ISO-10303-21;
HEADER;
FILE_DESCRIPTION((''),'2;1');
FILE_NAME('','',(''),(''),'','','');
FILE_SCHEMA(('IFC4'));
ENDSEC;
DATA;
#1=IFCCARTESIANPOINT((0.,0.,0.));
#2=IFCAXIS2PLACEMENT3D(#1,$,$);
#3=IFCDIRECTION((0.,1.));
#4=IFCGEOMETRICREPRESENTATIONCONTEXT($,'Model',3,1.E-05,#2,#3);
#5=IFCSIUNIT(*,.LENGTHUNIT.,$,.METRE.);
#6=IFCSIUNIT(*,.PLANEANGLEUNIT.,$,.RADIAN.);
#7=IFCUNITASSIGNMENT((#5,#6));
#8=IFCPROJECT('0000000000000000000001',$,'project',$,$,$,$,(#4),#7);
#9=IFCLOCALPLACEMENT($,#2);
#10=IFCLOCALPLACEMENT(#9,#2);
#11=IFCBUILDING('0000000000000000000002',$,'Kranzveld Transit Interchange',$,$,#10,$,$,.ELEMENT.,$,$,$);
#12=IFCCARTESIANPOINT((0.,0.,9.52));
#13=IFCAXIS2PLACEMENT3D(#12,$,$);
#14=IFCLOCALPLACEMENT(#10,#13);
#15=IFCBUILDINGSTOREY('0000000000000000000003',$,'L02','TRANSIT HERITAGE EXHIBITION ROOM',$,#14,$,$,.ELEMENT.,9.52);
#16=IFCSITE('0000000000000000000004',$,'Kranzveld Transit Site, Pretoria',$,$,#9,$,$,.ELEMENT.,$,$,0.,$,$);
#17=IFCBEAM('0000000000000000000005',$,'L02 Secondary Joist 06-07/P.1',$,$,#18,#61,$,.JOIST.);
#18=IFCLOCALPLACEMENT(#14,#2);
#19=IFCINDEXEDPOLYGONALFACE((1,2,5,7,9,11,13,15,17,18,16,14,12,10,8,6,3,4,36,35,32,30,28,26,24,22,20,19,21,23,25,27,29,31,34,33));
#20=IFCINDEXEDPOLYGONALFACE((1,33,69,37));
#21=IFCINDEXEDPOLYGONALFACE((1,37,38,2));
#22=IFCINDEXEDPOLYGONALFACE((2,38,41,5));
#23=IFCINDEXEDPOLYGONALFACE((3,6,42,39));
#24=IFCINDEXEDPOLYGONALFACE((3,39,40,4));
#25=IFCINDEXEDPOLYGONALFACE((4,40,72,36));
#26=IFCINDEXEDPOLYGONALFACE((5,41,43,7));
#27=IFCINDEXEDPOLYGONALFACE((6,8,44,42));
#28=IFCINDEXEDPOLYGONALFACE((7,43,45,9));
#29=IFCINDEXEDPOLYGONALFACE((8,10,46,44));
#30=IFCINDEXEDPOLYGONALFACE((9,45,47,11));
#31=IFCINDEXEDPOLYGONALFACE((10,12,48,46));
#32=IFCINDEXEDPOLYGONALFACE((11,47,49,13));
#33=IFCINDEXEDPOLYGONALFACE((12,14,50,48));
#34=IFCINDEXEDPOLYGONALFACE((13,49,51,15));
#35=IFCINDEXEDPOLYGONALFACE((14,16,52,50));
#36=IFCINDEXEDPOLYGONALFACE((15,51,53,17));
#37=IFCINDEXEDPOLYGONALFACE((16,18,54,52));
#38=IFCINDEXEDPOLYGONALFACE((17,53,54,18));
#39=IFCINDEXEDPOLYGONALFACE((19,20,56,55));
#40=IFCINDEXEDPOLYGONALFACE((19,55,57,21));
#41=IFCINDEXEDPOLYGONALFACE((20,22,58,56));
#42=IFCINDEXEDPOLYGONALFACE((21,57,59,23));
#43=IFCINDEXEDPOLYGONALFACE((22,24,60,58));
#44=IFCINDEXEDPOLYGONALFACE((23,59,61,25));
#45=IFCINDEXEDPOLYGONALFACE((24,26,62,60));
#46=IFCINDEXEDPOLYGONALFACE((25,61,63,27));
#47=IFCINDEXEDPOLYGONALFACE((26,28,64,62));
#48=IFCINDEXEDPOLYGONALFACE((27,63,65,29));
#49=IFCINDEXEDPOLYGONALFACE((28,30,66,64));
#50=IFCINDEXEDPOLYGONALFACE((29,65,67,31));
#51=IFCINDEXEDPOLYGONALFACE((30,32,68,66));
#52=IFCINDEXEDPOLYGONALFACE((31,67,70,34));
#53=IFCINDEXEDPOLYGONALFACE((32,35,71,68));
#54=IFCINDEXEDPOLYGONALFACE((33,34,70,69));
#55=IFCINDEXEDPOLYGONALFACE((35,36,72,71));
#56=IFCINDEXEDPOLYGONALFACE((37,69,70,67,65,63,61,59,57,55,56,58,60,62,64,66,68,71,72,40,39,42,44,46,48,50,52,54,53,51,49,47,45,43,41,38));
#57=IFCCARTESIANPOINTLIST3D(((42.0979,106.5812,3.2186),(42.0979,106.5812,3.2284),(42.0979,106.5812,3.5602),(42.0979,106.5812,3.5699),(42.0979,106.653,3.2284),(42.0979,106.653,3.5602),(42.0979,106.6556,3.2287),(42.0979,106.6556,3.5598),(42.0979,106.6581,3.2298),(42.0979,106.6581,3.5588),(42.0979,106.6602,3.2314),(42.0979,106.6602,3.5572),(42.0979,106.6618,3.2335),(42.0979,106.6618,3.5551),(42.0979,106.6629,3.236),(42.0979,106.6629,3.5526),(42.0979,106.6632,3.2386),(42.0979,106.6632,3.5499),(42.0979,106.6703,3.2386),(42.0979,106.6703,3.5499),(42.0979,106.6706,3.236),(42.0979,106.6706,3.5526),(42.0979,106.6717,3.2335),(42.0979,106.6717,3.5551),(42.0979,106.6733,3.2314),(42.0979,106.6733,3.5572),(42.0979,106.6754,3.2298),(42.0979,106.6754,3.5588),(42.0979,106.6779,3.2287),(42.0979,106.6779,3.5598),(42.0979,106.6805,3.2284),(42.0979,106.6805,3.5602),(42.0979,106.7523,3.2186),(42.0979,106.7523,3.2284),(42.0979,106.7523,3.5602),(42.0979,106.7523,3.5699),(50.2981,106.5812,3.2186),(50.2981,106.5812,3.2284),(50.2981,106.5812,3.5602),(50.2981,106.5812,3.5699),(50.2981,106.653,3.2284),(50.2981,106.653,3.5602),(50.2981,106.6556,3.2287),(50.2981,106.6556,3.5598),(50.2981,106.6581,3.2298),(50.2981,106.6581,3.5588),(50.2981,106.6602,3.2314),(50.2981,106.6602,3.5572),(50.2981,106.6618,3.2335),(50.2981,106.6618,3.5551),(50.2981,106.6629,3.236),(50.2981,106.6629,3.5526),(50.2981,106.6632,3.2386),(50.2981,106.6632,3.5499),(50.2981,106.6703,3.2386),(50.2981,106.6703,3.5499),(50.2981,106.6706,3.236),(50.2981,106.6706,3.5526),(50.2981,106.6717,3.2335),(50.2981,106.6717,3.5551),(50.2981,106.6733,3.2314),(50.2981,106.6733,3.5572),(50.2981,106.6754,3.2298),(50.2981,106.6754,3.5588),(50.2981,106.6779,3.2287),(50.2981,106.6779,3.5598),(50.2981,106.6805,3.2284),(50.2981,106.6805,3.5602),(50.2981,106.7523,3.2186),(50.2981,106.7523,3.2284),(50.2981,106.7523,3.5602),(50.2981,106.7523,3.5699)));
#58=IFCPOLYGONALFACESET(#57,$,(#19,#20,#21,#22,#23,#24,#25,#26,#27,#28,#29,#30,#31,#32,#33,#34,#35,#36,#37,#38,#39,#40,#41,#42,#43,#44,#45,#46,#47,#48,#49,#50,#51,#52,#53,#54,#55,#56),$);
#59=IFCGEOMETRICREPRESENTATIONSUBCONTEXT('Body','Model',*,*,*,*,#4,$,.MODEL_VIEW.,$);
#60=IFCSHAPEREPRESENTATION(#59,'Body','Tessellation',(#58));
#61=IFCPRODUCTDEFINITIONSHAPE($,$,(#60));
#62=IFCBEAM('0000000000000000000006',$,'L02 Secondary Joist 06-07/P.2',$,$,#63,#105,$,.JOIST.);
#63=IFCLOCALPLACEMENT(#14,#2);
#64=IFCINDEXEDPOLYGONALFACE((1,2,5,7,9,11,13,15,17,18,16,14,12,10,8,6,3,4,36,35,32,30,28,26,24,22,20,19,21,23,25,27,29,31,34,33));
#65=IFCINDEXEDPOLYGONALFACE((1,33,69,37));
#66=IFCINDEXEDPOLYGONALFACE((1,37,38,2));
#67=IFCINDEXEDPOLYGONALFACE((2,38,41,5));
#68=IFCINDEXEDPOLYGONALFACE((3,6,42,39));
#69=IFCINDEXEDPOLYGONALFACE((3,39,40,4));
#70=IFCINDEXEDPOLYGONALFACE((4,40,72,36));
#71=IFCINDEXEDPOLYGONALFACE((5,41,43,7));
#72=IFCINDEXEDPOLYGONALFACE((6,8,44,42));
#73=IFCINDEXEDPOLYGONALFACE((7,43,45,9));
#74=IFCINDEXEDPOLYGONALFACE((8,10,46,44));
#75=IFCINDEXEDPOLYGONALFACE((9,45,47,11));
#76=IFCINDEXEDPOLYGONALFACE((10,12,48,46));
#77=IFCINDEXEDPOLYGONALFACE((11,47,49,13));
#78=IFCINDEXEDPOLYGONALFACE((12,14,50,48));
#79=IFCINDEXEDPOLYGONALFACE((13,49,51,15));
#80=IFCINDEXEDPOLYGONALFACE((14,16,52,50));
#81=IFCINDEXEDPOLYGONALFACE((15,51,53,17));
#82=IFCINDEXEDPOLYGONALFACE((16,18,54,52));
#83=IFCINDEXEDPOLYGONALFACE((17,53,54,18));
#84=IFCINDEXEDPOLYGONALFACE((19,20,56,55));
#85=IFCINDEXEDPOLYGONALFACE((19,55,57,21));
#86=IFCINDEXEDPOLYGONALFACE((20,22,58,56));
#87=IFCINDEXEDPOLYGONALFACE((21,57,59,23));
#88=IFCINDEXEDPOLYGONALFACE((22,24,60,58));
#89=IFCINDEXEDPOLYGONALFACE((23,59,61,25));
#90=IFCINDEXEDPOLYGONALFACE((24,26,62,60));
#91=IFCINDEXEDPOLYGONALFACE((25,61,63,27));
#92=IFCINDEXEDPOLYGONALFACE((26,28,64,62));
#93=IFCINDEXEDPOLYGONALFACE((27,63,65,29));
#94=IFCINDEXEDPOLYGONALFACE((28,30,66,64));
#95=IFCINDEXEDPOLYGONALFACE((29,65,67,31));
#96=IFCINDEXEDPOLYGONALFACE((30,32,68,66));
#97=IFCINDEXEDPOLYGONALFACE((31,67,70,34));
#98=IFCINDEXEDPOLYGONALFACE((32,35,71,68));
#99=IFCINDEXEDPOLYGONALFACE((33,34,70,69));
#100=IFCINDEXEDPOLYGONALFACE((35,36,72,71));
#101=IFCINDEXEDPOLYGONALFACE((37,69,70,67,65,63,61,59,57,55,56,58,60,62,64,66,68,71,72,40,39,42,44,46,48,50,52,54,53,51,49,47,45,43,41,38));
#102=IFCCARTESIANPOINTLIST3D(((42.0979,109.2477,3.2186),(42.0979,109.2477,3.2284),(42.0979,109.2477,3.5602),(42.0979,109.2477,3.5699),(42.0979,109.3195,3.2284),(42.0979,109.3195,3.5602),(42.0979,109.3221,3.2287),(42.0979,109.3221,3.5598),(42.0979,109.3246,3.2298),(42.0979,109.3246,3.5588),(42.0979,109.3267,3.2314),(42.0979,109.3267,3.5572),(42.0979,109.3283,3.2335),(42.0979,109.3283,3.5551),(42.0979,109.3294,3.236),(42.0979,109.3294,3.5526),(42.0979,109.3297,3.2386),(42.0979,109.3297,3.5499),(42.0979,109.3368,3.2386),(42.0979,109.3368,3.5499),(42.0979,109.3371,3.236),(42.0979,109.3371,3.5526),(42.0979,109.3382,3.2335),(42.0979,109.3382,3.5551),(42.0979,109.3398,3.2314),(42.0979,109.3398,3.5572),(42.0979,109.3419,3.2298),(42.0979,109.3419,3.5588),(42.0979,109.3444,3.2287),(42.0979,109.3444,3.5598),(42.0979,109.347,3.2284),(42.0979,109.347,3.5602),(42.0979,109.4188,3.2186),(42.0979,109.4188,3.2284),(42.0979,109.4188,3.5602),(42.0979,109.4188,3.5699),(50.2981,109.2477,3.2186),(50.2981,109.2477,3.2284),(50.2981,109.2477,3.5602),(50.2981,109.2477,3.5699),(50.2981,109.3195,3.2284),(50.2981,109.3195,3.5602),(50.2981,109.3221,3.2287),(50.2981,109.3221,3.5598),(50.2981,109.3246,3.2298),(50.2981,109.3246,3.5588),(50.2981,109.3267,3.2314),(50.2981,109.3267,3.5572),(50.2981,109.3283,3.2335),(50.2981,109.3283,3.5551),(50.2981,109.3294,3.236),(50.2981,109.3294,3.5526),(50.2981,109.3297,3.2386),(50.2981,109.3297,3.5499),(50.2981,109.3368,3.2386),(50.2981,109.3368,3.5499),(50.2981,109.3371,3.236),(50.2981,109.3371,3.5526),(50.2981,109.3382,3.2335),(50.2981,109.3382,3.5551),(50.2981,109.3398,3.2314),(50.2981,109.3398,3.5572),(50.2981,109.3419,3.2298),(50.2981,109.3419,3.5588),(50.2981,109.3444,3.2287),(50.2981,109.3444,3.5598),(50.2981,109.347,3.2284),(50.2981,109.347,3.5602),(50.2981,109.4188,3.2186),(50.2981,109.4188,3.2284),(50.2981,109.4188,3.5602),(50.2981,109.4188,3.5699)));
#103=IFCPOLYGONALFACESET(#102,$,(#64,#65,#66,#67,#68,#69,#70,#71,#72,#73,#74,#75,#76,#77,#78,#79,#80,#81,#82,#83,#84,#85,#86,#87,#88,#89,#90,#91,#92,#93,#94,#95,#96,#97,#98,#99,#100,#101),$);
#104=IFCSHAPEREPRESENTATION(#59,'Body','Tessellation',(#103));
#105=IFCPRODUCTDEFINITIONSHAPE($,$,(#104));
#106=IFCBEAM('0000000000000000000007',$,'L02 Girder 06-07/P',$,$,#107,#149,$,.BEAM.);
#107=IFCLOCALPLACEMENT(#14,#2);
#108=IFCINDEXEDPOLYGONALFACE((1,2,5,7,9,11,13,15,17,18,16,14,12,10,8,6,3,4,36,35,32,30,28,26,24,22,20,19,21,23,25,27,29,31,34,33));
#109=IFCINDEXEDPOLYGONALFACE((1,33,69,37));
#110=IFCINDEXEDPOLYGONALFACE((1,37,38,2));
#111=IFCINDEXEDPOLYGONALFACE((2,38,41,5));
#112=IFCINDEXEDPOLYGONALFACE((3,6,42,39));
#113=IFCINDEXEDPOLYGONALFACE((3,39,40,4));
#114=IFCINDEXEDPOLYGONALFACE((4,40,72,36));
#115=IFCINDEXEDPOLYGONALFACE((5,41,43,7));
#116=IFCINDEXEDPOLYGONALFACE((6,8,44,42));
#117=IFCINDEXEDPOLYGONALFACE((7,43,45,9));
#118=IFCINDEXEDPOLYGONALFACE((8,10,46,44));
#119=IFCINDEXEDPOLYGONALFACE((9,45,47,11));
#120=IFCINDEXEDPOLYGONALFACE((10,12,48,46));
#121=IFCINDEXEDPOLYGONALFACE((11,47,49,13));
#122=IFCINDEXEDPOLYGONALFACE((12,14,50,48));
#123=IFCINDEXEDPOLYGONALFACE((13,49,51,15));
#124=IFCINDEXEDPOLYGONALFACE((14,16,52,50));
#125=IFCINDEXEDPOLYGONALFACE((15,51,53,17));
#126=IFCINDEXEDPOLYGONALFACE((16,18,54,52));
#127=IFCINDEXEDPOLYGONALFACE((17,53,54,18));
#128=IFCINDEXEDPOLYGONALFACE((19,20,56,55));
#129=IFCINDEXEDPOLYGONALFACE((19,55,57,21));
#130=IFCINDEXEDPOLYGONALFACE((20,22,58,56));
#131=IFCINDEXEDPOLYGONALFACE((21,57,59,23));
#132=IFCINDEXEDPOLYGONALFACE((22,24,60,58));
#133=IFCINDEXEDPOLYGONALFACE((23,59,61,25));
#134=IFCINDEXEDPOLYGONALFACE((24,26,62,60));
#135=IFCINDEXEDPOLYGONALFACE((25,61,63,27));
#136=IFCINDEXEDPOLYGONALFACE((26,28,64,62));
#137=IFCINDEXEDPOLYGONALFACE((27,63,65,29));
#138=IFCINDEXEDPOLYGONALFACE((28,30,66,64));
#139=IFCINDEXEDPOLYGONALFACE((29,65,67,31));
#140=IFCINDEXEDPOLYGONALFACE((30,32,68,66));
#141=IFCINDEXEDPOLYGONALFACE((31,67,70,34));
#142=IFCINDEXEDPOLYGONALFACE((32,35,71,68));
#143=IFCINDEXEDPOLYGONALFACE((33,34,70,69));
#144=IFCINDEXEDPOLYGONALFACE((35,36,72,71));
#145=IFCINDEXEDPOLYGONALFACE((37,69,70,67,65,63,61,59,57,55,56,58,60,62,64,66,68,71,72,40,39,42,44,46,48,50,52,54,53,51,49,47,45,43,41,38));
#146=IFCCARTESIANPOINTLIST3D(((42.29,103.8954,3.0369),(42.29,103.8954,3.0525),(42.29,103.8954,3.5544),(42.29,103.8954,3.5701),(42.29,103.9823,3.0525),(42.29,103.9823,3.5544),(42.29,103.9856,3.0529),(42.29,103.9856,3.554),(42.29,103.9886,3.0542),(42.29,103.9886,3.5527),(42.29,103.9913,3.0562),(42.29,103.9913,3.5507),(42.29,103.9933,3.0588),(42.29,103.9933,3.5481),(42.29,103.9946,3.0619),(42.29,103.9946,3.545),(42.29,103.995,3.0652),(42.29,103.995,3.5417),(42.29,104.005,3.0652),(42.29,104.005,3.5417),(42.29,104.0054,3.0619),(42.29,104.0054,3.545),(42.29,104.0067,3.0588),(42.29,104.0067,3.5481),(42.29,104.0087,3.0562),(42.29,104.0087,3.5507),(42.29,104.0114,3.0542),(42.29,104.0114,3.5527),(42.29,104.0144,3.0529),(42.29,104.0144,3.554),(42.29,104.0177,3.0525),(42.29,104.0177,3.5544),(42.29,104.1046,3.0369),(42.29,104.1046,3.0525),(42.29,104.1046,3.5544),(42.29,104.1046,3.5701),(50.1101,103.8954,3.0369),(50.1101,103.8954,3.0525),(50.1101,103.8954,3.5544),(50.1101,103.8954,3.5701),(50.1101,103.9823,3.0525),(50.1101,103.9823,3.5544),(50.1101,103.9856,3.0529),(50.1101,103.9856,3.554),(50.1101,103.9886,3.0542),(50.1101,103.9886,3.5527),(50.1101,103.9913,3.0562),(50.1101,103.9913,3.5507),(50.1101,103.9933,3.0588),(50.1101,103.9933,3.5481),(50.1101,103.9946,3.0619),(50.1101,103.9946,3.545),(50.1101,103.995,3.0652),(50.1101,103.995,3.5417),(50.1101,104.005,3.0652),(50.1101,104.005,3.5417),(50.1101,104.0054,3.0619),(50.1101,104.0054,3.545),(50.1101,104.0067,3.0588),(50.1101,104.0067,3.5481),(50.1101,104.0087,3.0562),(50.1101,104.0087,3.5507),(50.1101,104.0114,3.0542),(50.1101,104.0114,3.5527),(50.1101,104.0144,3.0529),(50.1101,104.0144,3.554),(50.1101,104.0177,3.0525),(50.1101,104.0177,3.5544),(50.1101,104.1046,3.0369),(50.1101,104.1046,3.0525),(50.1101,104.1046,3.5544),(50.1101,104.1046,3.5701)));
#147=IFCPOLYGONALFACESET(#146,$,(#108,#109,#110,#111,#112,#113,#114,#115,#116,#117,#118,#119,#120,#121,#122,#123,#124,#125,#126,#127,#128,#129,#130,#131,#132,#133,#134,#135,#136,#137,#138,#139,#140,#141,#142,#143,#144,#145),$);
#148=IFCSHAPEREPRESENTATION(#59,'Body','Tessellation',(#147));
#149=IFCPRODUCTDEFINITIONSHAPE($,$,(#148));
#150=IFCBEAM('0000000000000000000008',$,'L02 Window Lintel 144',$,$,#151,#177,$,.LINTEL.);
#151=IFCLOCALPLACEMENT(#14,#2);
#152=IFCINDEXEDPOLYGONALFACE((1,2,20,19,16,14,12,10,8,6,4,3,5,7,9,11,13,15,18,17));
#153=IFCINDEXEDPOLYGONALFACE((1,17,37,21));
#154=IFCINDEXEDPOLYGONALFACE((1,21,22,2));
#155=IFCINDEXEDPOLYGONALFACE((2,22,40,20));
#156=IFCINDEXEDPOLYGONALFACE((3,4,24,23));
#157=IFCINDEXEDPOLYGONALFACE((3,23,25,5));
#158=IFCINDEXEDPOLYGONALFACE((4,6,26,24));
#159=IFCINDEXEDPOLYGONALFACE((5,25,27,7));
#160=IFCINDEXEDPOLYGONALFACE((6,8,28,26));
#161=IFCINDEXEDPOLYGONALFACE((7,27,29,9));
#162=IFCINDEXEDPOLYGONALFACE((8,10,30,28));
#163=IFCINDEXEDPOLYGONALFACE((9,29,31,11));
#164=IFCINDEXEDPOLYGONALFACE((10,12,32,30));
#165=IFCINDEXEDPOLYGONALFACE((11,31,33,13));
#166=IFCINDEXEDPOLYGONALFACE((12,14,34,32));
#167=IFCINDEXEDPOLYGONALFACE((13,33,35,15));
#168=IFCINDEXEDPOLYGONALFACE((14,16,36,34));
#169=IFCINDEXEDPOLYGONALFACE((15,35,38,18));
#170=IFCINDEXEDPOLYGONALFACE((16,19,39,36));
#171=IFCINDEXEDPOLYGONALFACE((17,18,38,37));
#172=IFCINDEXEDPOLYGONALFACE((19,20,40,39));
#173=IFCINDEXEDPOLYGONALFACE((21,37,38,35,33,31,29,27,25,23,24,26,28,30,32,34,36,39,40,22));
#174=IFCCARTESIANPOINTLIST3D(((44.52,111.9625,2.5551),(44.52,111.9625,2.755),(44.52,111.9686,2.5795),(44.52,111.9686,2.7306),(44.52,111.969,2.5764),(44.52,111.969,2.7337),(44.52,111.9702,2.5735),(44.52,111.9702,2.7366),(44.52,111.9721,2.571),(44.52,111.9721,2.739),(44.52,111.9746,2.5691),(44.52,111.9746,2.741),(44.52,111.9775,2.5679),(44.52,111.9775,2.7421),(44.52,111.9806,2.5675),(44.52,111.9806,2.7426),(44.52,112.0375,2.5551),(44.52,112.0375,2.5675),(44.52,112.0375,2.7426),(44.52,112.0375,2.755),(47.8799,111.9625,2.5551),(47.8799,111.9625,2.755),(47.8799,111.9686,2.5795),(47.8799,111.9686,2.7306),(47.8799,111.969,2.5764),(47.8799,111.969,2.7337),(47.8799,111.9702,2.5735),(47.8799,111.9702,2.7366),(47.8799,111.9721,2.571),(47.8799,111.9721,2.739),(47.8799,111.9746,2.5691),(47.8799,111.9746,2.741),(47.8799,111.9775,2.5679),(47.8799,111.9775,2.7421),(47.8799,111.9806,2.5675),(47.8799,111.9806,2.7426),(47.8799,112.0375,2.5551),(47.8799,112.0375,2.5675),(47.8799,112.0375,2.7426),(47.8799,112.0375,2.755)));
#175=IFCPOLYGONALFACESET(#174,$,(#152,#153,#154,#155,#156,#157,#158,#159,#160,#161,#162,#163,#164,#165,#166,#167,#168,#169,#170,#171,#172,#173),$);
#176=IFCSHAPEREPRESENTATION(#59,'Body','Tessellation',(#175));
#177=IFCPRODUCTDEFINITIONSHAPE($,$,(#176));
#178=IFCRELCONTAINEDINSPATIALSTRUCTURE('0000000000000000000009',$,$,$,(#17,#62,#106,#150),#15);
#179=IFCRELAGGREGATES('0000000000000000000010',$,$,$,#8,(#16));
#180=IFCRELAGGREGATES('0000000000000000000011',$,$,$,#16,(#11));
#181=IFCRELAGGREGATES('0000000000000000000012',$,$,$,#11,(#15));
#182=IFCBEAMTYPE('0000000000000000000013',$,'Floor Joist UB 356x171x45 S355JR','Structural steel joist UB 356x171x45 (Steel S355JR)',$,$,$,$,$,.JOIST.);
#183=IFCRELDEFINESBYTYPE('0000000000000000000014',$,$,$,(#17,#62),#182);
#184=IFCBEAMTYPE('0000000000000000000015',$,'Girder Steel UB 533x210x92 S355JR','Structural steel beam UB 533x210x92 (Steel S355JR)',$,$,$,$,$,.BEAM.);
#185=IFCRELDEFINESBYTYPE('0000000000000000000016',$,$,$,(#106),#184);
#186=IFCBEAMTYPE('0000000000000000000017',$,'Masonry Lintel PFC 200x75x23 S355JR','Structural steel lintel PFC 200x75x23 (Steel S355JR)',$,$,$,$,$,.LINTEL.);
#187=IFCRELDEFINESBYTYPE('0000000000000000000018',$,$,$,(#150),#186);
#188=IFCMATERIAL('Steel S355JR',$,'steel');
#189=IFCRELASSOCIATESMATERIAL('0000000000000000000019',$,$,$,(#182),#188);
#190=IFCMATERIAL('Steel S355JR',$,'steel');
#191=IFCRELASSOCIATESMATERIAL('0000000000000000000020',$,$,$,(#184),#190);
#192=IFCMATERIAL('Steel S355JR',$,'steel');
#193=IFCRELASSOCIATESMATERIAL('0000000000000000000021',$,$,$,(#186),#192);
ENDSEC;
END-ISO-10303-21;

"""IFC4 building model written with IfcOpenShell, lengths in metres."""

from ifc_helpers import new_model, si_unit, direction, frame, origin, origin_2d, place, context, subcontext, project, spatial, i_section, u_section, extrude, material, material_profile, profile_set, type_object, element, save


model = new_model("IFC4")

# Units and contexts
model_context = context("Model", 3, precision=1e-05, world=origin(), true_north=direction((0.0, 1.0)))
body_context = subcontext(model_context, "Body", "Model", "MODEL_VIEW")
ifc_project = project(units=[si_unit("LENGTHUNIT", "METRE"), si_unit("PLANEANGLEUNIT", "RADIAN")], contexts=[model_context])

# Site, building, storey
site_placement = place(None, origin())
site = spatial("IfcSite", under=ifc_project, at=site_placement, Name="Kranzveld Transit Site, Pretoria", CompositionType="ELEMENT", RefElevation=0.0)
building_placement = place(site_placement, origin())
building = spatial("IfcBuilding", under=site, at=building_placement, Name="Kranzveld Transit Interchange", CompositionType="ELEMENT")
storey_placement = place(building_placement, frame((0.0, 0.0, 9.52)))
storey = spatial("IfcBuildingStorey", under=building, at=storey_placement, Name="L02", Description="TRANSIT HERITAGE EXHIBITION ROOM", CompositionType="ELEMENT", Elevation=9.52)

# Beams
ifc_material_1 = material(Name="Steel S355JR", Category="steel")
ifc_material_profile_1 = material_profile(ifc_material_1, i_section(OverallWidth=0.1711, OverallDepth=0.3513, WebThickness=0.0071, FlangeThickness=0.0098, FilletRadius=0.0103, at=origin_2d()), Name="UB 356x171x45")
ifc_profile_set_1 = profile_set([ifc_material_profile_1], Name="Steel S355JR")
beam_type_1 = type_object("IfcBeamType", Name="Floor Joist UB 356x171x45 S355JR", Description="Structural steel joist UB 356x171x45 (Steel S355JR)", PredefinedType="JOIST", material=ifc_profile_set_1)
for number, where, z_axis, x_axis, name in (
    (1, (42.0979, 106.6667, 3.3943), (1.0, 0.0, 0.0), (0.0, 1.0, 0.0), "L02 Secondary Joist 06-07/P.1"),
    (2, (42.0979, 109.3333, 3.3943), (1.0, 0.0, 0.0), (0.0, 1.0, 0.0), "L02 Secondary Joist 06-07/P.2"),
):
    element("IfcBeam", number, at=place(storey_placement, frame(where, z_axis=z_axis, x_axis=x_axis)), inside=storey, type_object=beam_type_1, Name=name, PredefinedType="JOIST", context=body_context, shape_type="SweptSolid", body=[
        extrude(i_section(OverallWidth=0.1711, OverallDepth=0.3513, WebThickness=0.0071, FlangeThickness=0.0098, FilletRadius=0.0103, at=origin_2d()), origin(), (0.0, 0.0, 1.0), 8.2002),
    ])
ifc_material_2 = material(Name="Steel S355JR", Category="steel")
ifc_material_profile_2 = material_profile(ifc_material_2, i_section(OverallWidth=0.2092, OverallDepth=0.5332, WebThickness=0.01, FlangeThickness=0.0156, FilletRadius=0.0127, at=origin_2d()), Name="UB 533x210x92")
ifc_profile_set_2 = profile_set([ifc_material_profile_2], Name="Steel S355JR")
beam_type_2 = type_object("IfcBeamType", Name="Girder Steel UB 533x210x92 S355JR", Description="Structural steel beam UB 533x210x92 (Steel S355JR)", PredefinedType="BEAM", material=ifc_profile_set_2)
beam_1_placement = place(storey_placement, frame((42.29, 104.0, 3.3035), z_axis=(1.0, 0.0, 0.0), x_axis=(0.0, 1.0, 0.0)))
element("IfcBeam", 3, at=beam_1_placement, inside=storey, type_object=beam_type_2, Name="L02 Girder 06-07/P", PredefinedType="BEAM", context=body_context, shape_type="SweptSolid", body=[
    extrude(i_section(OverallWidth=0.2092, OverallDepth=0.5332, WebThickness=0.01, FlangeThickness=0.0156, FilletRadius=0.0127, at=origin_2d()), origin(), (0.0, 0.0, 1.0), 7.8201),
])
ifc_material_3 = material(Name="Steel S355JR", Category="steel")
ifc_material_profile_3 = material_profile(ifc_material_3, u_section(Depth=0.2, FlangeWidth=0.075, WebThickness=0.0061, FlangeThickness=0.0125, FilletRadius=0.012, at=origin_2d()), Name="PFC 200x75x23")
ifc_profile_set_3 = profile_set([ifc_material_profile_3], Name="Steel S355JR")
beam_type_3 = type_object("IfcBeamType", Name="Masonry Lintel PFC 200x75x23 S355JR", Description="Structural steel lintel PFC 200x75x23 (Steel S355JR)", PredefinedType="LINTEL", material=ifc_profile_set_3)
beam_2_placement = place(storey_placement, frame((44.52, 112.0, 2.655), z_axis=(1.0, 0.0, 0.0), x_axis=(0.0, 1.0, 0.0)))
element("IfcBeam", 4, at=beam_2_placement, inside=storey, type_object=beam_type_3, Name="L02 Window Lintel 144", PredefinedType="LINTEL", context=body_context, shape_type="SweptSolid", body=[
    extrude(u_section(Depth=0.2, FlangeWidth=0.075, WebThickness=0.0061, FlangeThickness=0.0125, FilletRadius=0.012, at=origin_2d()), origin(), (0.0, 0.0, 1.0), 3.3599),
])

save(model, "model.ifc")
